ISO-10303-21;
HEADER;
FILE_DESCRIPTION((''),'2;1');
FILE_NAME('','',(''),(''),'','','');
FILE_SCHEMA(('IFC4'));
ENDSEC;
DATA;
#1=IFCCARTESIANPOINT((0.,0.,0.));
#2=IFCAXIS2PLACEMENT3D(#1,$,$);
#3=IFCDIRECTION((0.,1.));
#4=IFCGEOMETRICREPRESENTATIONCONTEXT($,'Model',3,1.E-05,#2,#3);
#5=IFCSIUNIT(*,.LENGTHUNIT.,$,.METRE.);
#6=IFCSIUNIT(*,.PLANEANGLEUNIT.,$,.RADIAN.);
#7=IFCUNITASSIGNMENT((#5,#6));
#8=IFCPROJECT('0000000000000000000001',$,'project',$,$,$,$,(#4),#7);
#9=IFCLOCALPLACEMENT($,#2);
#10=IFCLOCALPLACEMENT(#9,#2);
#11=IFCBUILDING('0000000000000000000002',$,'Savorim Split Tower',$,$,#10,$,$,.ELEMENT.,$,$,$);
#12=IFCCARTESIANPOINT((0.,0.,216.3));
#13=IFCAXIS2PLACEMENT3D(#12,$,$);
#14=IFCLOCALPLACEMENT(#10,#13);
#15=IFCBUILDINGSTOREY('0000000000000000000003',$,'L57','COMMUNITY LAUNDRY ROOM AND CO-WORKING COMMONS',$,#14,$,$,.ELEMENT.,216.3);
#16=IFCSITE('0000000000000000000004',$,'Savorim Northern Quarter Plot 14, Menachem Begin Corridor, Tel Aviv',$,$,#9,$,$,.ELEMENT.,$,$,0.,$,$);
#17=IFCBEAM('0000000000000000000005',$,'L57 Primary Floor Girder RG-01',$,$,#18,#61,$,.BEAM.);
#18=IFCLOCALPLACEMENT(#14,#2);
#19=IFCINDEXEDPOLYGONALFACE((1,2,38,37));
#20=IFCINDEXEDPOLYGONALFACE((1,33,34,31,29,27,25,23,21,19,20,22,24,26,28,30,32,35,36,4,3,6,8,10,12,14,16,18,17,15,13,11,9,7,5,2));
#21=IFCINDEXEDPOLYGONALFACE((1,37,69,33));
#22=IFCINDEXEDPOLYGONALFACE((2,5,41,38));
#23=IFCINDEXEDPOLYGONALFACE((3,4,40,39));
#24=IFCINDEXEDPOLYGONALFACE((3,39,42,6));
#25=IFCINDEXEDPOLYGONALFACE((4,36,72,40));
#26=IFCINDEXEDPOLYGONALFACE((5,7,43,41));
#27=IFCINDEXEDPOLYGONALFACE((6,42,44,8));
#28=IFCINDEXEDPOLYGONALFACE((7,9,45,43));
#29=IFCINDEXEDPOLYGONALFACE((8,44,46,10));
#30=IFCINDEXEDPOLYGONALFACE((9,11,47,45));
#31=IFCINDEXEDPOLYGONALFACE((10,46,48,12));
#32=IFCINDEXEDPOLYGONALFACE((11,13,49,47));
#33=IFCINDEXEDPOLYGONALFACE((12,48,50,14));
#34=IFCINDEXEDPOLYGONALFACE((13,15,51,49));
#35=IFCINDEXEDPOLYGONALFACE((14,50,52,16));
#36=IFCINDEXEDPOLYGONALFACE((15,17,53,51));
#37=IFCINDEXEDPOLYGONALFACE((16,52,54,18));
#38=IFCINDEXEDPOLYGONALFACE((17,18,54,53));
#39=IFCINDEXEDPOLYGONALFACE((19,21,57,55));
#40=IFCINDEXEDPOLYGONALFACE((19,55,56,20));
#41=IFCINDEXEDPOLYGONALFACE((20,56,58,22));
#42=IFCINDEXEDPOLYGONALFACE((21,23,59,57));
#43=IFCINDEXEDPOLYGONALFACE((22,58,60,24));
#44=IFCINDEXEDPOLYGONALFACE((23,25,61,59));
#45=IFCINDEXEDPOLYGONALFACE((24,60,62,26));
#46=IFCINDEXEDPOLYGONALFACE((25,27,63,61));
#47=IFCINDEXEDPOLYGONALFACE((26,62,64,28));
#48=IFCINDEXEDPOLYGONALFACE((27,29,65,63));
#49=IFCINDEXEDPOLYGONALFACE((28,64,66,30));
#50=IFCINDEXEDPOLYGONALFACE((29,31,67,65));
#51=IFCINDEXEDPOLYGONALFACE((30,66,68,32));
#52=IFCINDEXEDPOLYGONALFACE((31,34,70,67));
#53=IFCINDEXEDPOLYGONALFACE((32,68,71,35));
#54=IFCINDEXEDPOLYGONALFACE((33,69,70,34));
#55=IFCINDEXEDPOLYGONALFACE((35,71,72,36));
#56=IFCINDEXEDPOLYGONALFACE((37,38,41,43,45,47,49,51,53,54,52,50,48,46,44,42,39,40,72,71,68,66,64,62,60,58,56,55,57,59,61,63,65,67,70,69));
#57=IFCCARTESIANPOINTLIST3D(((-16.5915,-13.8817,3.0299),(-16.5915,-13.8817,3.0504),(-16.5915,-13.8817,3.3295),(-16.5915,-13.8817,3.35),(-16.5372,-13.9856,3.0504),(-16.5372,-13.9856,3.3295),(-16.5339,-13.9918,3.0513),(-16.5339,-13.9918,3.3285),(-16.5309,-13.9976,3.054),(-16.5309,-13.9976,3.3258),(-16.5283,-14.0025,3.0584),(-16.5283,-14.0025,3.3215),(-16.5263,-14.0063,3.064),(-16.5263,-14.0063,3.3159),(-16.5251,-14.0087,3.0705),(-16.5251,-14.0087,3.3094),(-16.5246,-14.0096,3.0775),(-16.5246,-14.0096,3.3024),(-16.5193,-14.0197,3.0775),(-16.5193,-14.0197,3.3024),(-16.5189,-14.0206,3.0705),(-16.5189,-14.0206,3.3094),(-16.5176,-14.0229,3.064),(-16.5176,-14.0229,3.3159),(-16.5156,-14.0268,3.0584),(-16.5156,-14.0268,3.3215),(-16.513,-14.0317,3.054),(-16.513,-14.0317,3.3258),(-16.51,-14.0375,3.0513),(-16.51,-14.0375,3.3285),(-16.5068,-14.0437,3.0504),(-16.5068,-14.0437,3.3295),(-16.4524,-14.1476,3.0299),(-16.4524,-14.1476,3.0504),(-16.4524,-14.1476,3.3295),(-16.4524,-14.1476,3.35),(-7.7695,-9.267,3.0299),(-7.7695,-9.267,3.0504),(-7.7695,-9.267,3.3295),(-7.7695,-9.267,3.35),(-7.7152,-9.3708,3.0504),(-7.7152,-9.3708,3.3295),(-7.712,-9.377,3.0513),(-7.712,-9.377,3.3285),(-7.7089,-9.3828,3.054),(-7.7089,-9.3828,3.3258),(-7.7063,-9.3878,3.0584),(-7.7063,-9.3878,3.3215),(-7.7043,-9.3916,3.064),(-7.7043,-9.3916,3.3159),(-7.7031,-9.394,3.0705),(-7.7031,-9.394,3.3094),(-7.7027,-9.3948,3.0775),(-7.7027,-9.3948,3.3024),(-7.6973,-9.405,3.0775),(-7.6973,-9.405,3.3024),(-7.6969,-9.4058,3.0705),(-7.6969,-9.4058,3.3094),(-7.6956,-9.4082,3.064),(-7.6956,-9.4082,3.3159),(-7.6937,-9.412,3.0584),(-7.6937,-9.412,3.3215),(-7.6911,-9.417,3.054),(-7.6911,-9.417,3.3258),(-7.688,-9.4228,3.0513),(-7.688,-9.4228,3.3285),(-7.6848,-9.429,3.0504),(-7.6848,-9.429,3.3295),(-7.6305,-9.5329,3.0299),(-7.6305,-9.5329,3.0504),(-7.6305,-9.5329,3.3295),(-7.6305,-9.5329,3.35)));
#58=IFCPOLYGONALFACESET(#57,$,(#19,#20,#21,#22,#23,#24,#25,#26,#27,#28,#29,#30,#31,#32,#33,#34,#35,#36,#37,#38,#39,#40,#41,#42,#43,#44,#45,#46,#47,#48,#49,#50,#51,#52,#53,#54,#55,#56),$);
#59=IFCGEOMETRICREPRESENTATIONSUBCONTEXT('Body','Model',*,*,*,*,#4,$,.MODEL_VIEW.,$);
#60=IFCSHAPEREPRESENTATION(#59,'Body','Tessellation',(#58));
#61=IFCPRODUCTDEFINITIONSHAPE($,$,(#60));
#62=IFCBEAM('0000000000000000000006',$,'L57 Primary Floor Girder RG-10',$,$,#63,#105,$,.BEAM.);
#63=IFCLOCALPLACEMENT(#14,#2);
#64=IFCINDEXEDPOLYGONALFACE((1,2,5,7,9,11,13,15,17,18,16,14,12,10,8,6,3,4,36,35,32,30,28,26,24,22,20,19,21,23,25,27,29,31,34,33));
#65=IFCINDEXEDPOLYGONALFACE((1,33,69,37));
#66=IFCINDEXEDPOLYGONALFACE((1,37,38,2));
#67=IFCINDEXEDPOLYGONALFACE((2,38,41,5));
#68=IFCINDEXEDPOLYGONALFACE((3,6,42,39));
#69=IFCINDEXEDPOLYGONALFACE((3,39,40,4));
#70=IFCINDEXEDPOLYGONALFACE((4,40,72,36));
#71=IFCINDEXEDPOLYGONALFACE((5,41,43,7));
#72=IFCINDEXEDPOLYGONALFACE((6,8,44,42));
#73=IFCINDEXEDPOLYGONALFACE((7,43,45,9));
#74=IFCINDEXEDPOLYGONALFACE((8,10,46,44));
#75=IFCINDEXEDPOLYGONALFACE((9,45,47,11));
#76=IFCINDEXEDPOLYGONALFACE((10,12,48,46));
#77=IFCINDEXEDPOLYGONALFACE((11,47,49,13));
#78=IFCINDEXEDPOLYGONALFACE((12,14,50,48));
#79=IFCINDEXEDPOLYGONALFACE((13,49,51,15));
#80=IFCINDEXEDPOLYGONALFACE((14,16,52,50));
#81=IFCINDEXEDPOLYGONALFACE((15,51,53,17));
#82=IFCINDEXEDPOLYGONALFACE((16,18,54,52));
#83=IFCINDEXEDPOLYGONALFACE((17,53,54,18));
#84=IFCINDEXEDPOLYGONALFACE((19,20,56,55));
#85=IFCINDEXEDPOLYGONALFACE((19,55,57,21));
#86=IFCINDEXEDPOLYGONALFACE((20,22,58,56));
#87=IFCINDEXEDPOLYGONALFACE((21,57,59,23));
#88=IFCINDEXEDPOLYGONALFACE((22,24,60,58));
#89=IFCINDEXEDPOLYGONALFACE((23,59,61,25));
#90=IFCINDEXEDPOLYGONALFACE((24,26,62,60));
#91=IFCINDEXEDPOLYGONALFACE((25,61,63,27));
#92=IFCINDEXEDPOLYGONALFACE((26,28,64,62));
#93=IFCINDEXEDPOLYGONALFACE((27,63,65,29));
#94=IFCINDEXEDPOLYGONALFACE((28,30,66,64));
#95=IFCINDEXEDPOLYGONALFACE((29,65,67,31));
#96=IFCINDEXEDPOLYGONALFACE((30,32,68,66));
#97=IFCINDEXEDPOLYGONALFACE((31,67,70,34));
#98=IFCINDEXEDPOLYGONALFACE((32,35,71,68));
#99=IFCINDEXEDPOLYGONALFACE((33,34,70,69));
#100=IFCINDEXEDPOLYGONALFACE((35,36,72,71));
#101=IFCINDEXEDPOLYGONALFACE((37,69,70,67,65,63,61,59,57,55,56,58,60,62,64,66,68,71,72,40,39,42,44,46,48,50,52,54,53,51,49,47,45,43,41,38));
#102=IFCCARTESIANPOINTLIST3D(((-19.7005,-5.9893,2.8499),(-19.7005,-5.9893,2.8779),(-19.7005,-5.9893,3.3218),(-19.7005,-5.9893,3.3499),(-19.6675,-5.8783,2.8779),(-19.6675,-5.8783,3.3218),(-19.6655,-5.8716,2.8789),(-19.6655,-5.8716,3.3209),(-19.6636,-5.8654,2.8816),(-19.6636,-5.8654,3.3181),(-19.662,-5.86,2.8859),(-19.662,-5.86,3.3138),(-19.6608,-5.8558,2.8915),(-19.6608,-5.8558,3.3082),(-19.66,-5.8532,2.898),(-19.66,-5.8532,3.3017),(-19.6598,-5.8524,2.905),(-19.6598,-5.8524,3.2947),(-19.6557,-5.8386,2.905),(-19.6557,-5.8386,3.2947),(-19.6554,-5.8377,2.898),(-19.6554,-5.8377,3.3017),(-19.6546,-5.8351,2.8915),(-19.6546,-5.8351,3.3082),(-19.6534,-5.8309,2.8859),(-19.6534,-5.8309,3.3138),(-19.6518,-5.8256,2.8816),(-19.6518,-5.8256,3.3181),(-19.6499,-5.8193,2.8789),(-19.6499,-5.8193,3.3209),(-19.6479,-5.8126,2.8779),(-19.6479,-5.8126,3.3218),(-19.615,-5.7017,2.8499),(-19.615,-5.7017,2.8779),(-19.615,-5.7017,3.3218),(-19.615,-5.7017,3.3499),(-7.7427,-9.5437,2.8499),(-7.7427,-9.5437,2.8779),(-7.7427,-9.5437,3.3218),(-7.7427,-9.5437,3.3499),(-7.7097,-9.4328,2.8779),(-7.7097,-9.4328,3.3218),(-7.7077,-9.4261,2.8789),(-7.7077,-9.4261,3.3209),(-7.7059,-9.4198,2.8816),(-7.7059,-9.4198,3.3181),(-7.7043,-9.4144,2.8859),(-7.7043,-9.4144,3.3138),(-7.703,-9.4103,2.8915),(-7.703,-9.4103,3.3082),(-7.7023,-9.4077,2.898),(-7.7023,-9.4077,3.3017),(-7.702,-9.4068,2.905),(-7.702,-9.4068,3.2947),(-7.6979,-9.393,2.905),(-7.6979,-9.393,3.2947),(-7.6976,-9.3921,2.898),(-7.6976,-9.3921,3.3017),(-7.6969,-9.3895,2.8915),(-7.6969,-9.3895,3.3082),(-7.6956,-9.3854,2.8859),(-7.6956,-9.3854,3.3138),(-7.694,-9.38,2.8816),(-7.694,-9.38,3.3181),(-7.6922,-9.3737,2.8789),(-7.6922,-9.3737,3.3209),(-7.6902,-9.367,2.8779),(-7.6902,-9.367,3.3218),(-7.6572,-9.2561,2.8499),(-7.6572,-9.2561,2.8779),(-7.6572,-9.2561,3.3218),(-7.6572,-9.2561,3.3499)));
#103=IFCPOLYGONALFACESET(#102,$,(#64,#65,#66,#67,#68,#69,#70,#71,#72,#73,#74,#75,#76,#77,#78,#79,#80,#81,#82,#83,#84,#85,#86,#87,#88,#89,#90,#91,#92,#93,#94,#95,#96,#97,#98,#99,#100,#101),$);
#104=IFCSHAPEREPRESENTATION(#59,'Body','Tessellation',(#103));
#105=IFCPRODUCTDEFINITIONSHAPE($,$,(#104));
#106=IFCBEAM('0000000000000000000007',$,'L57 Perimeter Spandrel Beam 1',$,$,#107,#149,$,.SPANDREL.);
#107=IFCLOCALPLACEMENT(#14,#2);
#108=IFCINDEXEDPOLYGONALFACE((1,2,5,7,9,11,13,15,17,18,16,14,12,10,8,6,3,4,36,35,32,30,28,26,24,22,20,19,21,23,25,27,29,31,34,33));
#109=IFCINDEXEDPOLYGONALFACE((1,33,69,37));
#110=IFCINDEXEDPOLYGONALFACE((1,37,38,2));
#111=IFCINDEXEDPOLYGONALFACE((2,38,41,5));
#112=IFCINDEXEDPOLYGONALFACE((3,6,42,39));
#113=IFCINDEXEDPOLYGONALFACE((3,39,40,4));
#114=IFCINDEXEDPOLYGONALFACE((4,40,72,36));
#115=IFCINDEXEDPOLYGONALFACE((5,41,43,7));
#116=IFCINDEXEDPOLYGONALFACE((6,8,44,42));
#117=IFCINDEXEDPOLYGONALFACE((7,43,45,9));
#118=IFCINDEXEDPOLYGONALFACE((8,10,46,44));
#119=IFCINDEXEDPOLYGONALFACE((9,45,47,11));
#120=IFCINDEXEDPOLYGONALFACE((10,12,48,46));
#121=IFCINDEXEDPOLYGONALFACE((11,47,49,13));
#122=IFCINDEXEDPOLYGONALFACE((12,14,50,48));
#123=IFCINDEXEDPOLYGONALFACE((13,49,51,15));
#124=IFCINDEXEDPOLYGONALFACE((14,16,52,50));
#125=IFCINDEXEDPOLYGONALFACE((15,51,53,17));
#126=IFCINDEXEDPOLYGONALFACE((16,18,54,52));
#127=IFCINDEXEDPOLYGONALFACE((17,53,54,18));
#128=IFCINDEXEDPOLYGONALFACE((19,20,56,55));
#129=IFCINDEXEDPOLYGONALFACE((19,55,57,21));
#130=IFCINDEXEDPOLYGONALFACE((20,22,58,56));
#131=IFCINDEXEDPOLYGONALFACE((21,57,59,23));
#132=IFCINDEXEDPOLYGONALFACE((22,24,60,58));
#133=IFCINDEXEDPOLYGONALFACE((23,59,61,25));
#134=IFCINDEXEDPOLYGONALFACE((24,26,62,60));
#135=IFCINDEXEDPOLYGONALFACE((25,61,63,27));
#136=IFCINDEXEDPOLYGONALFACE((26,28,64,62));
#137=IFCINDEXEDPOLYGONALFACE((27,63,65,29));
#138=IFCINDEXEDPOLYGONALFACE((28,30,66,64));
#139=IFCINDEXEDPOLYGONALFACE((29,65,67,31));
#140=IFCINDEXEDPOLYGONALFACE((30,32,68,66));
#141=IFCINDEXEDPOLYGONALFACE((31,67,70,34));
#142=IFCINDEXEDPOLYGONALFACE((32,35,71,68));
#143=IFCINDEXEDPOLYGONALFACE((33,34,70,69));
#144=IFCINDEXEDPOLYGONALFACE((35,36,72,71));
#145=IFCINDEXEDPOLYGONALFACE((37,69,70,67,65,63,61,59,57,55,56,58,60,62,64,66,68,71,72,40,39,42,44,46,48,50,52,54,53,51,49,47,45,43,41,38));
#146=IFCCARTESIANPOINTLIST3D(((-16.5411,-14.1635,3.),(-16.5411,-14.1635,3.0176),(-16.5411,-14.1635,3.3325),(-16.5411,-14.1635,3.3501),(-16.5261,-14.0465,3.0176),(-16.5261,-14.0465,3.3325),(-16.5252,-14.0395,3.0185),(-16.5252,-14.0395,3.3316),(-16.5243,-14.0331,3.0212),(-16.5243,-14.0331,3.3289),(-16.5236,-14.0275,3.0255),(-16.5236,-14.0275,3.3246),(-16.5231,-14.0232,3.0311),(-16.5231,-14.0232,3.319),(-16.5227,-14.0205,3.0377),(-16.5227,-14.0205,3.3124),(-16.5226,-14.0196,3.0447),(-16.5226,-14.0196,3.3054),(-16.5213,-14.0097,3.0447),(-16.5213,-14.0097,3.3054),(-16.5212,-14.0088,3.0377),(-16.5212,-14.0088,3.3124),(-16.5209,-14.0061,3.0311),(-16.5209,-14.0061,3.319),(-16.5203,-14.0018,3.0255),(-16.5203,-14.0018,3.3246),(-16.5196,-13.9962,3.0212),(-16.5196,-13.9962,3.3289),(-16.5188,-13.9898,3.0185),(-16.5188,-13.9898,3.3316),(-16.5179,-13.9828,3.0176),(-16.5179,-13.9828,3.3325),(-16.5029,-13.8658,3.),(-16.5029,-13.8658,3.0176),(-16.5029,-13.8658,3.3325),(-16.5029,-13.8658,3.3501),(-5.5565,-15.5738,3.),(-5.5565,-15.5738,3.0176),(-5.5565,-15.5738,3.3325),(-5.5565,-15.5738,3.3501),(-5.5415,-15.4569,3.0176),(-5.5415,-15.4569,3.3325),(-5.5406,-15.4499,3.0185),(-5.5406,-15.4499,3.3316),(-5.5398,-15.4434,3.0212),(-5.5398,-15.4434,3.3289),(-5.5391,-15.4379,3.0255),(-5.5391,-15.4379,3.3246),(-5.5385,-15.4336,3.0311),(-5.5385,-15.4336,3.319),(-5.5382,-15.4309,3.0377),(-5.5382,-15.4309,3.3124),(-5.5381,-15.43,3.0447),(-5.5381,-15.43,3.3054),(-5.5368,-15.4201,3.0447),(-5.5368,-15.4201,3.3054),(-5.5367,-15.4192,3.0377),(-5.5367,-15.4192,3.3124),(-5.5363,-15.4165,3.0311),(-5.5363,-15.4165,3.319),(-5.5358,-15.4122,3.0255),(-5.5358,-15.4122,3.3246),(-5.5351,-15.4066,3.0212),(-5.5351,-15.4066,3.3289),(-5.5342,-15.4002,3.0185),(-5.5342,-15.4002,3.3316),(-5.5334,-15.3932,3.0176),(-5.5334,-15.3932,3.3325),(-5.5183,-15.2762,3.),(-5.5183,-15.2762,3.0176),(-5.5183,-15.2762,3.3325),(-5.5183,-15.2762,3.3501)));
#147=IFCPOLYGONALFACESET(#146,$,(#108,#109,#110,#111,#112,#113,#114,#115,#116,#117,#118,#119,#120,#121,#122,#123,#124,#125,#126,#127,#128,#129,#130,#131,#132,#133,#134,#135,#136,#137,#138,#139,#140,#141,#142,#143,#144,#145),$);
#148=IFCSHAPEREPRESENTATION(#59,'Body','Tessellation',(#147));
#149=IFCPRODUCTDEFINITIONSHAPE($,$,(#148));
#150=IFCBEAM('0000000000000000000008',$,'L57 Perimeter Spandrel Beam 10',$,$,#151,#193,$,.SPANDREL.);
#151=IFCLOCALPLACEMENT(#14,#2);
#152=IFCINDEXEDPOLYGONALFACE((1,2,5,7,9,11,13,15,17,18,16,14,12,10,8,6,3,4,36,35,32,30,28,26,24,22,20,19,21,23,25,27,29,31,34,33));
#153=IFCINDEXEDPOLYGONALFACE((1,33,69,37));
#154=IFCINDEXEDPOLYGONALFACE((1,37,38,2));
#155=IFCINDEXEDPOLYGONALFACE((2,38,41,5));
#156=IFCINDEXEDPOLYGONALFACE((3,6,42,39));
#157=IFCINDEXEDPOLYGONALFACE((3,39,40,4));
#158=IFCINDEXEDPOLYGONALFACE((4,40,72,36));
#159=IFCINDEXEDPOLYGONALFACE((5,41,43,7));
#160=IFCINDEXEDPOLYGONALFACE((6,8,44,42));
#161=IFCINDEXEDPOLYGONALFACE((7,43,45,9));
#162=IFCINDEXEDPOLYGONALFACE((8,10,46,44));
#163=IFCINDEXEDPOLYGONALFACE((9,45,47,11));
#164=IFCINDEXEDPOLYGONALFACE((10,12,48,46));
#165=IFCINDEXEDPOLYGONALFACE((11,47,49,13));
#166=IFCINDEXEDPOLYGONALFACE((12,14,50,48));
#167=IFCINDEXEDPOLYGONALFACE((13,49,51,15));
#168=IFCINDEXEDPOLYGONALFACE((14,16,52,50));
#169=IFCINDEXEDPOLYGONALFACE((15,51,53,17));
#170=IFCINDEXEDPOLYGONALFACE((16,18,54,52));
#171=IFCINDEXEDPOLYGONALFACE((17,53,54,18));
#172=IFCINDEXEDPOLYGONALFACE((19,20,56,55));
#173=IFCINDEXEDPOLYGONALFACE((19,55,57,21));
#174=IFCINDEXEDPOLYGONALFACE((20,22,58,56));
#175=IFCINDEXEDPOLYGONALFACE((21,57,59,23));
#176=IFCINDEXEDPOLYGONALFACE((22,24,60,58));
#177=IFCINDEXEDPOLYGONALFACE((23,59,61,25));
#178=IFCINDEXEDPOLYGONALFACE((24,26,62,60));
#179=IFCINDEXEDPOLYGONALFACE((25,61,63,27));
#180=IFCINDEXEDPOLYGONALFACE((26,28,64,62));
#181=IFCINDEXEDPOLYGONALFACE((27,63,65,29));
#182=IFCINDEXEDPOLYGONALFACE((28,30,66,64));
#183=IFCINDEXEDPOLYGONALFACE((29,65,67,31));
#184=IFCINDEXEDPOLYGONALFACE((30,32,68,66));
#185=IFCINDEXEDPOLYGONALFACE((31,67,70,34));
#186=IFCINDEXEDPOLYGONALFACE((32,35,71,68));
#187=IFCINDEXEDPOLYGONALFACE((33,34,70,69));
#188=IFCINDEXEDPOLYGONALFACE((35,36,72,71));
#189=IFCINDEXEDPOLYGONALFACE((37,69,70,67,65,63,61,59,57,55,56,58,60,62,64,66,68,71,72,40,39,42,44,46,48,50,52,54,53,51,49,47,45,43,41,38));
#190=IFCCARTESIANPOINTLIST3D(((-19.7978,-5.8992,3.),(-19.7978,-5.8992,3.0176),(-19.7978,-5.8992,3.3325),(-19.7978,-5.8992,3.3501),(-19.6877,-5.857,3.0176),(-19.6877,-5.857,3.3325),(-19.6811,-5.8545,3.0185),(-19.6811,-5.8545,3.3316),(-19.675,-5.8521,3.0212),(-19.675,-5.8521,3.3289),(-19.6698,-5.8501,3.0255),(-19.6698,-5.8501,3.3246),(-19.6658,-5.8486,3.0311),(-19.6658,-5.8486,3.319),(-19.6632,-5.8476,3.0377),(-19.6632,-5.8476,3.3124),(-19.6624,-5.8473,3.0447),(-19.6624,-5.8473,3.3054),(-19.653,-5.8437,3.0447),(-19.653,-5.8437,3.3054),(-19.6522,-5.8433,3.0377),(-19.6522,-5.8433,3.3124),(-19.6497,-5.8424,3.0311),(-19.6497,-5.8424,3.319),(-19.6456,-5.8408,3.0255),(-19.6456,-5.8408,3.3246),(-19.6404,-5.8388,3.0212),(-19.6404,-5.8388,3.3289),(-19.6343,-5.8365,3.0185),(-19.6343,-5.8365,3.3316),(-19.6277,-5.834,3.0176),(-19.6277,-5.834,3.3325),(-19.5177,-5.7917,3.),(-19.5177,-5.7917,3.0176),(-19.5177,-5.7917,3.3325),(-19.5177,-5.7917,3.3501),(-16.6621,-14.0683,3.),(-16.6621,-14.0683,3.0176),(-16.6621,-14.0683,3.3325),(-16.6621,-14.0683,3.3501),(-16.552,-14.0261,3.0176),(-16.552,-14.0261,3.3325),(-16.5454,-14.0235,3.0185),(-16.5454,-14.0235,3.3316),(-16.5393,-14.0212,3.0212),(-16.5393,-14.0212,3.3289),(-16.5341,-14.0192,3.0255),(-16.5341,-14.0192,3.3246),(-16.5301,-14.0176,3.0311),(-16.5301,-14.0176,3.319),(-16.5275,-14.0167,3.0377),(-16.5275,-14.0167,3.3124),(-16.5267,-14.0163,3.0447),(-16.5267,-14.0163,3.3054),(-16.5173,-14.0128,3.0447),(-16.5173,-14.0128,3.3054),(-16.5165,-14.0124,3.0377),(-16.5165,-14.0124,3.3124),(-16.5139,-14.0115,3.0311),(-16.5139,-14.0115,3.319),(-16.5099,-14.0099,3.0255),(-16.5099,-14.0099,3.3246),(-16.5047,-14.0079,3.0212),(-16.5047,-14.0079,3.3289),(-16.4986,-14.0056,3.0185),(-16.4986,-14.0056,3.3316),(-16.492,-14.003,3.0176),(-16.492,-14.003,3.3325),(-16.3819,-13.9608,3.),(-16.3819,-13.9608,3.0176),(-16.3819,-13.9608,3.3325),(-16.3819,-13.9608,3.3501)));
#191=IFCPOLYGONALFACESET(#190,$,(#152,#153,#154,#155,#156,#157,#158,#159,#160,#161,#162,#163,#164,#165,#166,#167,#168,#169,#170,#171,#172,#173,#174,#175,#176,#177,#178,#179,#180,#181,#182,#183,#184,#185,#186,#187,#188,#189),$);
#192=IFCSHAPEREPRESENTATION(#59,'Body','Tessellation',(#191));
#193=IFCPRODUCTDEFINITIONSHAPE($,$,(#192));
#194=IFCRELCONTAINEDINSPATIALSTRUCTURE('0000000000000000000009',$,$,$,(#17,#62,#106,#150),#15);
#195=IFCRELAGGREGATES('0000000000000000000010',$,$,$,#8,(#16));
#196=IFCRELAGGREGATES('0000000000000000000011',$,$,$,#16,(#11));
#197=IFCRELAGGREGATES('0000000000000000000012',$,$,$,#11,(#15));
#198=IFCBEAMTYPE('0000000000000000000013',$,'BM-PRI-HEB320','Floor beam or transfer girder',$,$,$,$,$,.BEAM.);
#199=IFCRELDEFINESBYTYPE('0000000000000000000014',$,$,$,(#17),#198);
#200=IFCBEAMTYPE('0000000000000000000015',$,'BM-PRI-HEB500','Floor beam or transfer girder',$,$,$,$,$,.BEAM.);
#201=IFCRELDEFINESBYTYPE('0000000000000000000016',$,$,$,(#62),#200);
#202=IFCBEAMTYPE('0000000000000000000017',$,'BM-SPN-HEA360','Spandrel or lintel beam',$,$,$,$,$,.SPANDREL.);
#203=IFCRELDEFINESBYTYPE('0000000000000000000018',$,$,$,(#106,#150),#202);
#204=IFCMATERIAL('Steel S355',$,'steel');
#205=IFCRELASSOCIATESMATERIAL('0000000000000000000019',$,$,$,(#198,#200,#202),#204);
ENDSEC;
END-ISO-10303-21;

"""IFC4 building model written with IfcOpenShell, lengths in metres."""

from ifc_helpers import new_model, si_unit, direction, frame, origin, origin_2d, place, context, subcontext, project, spatial, i_section, extrude, material, material_profile, profile_set, type_object, element, save


model = new_model("IFC4")

# Units and contexts
model_context = context("Model", 3, precision=1e-05, world=origin(), true_north=direction((0.0, 1.0)))
body_context = subcontext(model_context, "Body", "Model", "MODEL_VIEW")
ifc_project = project(units=[si_unit("LENGTHUNIT", "METRE"), si_unit("PLANEANGLEUNIT", "RADIAN")], contexts=[model_context])

# Site, building, storey
site_placement = place(None, origin())
site = spatial("IfcSite", under=ifc_project, at=site_placement, Name="Savorim Northern Quarter Plot 14, Menachem Begin Corridor, Tel Aviv", CompositionType="ELEMENT", RefElevation=0.0)
building_placement = place(site_placement, origin())
building = spatial("IfcBuilding", under=site, at=building_placement, Name="Savorim Split Tower", CompositionType="ELEMENT")
storey_placement = place(building_placement, frame((0.0, 0.0, 216.3)))
storey = spatial("IfcBuildingStorey", under=building, at=storey_placement, Name="L57", Description="COMMUNITY LAUNDRY ROOM AND CO-WORKING COMMONS", CompositionType="ELEMENT", Elevation=216.3)

# Shared definitions
ifc_material_1 = material(Name="Steel S355", Category="steel")

# Beams
ifc_material_profile_1 = material_profile(ifc_material_1, i_section(OverallWidth=0.3, OverallDepth=0.3201, WebThickness=0.0115, FlangeThickness=0.0205, FilletRadius=0.0271, at=origin_2d()), Name="HEB 320")
ifc_profile_set_1 = profile_set([ifc_material_profile_1], Name="Steel S355")
beam_type_1 = type_object("IfcBeamType", Name="BM-PRI-HEB320", Description="Floor beam or transfer girder", PredefinedType="BEAM", material=ifc_profile_set_1)
beam_1_placement = place(storey_placement, frame((-16.522, -14.0146, 3.1899), z_axis=(0.886092, 0.463509, 0.0), x_axis=(-0.463509, 0.886092, 0.0)))
element("IfcBeam", 1, at=beam_1_placement, inside=storey, type_object=beam_type_1, Name="L57 Primary Floor Girder RG-01", PredefinedType="BEAM", context=body_context, shape_type="SweptSolid", body=[
    extrude(i_section(OverallWidth=0.3, OverallDepth=0.3201, WebThickness=0.0115, FlangeThickness=0.0205, FilletRadius=0.0271, at=origin_2d()), origin(), (0.0, 0.0, 1.0), 9.9561),
])
ifc_material_profile_2 = material_profile(ifc_material_1, i_section(OverallWidth=0.3, OverallDepth=0.5, WebThickness=0.0144, FlangeThickness=0.0281, FilletRadius=0.0271, at=origin_2d()), Name="HEB 500")
ifc_profile_set_2 = profile_set([ifc_material_profile_2], Name="Steel S355")
beam_type_2 = type_object("IfcBeamType", Name="BM-PRI-HEB500", Description="Floor beam or transfer girder", PredefinedType="BEAM", material=ifc_profile_set_2)
beam_2_placement = place(storey_placement, frame((-19.6577, -5.8455, 3.0999), z_axis=(0.958549, -0.284928, 0.0), x_axis=(0.284928, 0.958549, 0.0)))
element("IfcBeam", 2, at=beam_2_placement, inside=storey, type_object=beam_type_2, Name="L57 Primary Floor Girder RG-10", PredefinedType="BEAM", context=body_context, shape_type="SweptSolid", body=[
    extrude(i_section(OverallWidth=0.3, OverallDepth=0.5, WebThickness=0.0144, FlangeThickness=0.0281, FilletRadius=0.0271, at=origin_2d()), origin(), (0.0, 0.0, 1.0), 12.4749),
])
ifc_material_profile_3 = material_profile(ifc_material_1, i_section(OverallWidth=0.3, OverallDepth=0.3501, WebThickness=0.01, FlangeThickness=0.0176, FilletRadius=0.0271, at=origin_2d()), Name="HEA 360")
ifc_profile_set_3 = profile_set([ifc_material_profile_3], Name="Steel S355")
beam_type_3 = type_object("IfcBeamType", Name="BM-SPN-HEA360", Description="Spandrel or lintel beam", PredefinedType="SPANDREL", material=ifc_profile_set_3)
beam_3_placement = place(storey_placement, frame((-16.522, -14.0146, 3.175), z_axis=(0.991858, -0.127352, 0.0), x_axis=(0.127352, 0.991858, 0.0)))
element("IfcBeam", 3, at=beam_3_placement, inside=storey, type_object=beam_type_3, Name="L57 Perimeter Spandrel Beam 1", PredefinedType="SPANDREL", context=body_context, shape_type="SweptSolid", body=[
    extrude(i_section(OverallWidth=0.3, OverallDepth=0.3501, WebThickness=0.01, FlangeThickness=0.0176, FilletRadius=0.0271, at=origin_2d()), origin(), (0.0, 0.0, 1.0), 11.0747),
])
beam_4_placement = place(storey_placement, frame((-19.6577, -5.8455, 3.175), z_axis=(0.358356, -0.933585, 0.0), x_axis=(0.933585, 0.358356, 0.0)))
element("IfcBeam", 4, at=beam_4_placement, inside=storey, type_object=beam_type_3, Name="L57 Perimeter Spandrel Beam 10", PredefinedType="SPANDREL", context=body_context, shape_type="SweptSolid", body=[
    extrude(i_section(OverallWidth=0.3, OverallDepth=0.3501, WebThickness=0.01, FlangeThickness=0.0176, FilletRadius=0.0271, at=origin_2d()), origin(), (0.0, 0.0, 1.0), 8.7502),
])

save(model, "model.ifc")
